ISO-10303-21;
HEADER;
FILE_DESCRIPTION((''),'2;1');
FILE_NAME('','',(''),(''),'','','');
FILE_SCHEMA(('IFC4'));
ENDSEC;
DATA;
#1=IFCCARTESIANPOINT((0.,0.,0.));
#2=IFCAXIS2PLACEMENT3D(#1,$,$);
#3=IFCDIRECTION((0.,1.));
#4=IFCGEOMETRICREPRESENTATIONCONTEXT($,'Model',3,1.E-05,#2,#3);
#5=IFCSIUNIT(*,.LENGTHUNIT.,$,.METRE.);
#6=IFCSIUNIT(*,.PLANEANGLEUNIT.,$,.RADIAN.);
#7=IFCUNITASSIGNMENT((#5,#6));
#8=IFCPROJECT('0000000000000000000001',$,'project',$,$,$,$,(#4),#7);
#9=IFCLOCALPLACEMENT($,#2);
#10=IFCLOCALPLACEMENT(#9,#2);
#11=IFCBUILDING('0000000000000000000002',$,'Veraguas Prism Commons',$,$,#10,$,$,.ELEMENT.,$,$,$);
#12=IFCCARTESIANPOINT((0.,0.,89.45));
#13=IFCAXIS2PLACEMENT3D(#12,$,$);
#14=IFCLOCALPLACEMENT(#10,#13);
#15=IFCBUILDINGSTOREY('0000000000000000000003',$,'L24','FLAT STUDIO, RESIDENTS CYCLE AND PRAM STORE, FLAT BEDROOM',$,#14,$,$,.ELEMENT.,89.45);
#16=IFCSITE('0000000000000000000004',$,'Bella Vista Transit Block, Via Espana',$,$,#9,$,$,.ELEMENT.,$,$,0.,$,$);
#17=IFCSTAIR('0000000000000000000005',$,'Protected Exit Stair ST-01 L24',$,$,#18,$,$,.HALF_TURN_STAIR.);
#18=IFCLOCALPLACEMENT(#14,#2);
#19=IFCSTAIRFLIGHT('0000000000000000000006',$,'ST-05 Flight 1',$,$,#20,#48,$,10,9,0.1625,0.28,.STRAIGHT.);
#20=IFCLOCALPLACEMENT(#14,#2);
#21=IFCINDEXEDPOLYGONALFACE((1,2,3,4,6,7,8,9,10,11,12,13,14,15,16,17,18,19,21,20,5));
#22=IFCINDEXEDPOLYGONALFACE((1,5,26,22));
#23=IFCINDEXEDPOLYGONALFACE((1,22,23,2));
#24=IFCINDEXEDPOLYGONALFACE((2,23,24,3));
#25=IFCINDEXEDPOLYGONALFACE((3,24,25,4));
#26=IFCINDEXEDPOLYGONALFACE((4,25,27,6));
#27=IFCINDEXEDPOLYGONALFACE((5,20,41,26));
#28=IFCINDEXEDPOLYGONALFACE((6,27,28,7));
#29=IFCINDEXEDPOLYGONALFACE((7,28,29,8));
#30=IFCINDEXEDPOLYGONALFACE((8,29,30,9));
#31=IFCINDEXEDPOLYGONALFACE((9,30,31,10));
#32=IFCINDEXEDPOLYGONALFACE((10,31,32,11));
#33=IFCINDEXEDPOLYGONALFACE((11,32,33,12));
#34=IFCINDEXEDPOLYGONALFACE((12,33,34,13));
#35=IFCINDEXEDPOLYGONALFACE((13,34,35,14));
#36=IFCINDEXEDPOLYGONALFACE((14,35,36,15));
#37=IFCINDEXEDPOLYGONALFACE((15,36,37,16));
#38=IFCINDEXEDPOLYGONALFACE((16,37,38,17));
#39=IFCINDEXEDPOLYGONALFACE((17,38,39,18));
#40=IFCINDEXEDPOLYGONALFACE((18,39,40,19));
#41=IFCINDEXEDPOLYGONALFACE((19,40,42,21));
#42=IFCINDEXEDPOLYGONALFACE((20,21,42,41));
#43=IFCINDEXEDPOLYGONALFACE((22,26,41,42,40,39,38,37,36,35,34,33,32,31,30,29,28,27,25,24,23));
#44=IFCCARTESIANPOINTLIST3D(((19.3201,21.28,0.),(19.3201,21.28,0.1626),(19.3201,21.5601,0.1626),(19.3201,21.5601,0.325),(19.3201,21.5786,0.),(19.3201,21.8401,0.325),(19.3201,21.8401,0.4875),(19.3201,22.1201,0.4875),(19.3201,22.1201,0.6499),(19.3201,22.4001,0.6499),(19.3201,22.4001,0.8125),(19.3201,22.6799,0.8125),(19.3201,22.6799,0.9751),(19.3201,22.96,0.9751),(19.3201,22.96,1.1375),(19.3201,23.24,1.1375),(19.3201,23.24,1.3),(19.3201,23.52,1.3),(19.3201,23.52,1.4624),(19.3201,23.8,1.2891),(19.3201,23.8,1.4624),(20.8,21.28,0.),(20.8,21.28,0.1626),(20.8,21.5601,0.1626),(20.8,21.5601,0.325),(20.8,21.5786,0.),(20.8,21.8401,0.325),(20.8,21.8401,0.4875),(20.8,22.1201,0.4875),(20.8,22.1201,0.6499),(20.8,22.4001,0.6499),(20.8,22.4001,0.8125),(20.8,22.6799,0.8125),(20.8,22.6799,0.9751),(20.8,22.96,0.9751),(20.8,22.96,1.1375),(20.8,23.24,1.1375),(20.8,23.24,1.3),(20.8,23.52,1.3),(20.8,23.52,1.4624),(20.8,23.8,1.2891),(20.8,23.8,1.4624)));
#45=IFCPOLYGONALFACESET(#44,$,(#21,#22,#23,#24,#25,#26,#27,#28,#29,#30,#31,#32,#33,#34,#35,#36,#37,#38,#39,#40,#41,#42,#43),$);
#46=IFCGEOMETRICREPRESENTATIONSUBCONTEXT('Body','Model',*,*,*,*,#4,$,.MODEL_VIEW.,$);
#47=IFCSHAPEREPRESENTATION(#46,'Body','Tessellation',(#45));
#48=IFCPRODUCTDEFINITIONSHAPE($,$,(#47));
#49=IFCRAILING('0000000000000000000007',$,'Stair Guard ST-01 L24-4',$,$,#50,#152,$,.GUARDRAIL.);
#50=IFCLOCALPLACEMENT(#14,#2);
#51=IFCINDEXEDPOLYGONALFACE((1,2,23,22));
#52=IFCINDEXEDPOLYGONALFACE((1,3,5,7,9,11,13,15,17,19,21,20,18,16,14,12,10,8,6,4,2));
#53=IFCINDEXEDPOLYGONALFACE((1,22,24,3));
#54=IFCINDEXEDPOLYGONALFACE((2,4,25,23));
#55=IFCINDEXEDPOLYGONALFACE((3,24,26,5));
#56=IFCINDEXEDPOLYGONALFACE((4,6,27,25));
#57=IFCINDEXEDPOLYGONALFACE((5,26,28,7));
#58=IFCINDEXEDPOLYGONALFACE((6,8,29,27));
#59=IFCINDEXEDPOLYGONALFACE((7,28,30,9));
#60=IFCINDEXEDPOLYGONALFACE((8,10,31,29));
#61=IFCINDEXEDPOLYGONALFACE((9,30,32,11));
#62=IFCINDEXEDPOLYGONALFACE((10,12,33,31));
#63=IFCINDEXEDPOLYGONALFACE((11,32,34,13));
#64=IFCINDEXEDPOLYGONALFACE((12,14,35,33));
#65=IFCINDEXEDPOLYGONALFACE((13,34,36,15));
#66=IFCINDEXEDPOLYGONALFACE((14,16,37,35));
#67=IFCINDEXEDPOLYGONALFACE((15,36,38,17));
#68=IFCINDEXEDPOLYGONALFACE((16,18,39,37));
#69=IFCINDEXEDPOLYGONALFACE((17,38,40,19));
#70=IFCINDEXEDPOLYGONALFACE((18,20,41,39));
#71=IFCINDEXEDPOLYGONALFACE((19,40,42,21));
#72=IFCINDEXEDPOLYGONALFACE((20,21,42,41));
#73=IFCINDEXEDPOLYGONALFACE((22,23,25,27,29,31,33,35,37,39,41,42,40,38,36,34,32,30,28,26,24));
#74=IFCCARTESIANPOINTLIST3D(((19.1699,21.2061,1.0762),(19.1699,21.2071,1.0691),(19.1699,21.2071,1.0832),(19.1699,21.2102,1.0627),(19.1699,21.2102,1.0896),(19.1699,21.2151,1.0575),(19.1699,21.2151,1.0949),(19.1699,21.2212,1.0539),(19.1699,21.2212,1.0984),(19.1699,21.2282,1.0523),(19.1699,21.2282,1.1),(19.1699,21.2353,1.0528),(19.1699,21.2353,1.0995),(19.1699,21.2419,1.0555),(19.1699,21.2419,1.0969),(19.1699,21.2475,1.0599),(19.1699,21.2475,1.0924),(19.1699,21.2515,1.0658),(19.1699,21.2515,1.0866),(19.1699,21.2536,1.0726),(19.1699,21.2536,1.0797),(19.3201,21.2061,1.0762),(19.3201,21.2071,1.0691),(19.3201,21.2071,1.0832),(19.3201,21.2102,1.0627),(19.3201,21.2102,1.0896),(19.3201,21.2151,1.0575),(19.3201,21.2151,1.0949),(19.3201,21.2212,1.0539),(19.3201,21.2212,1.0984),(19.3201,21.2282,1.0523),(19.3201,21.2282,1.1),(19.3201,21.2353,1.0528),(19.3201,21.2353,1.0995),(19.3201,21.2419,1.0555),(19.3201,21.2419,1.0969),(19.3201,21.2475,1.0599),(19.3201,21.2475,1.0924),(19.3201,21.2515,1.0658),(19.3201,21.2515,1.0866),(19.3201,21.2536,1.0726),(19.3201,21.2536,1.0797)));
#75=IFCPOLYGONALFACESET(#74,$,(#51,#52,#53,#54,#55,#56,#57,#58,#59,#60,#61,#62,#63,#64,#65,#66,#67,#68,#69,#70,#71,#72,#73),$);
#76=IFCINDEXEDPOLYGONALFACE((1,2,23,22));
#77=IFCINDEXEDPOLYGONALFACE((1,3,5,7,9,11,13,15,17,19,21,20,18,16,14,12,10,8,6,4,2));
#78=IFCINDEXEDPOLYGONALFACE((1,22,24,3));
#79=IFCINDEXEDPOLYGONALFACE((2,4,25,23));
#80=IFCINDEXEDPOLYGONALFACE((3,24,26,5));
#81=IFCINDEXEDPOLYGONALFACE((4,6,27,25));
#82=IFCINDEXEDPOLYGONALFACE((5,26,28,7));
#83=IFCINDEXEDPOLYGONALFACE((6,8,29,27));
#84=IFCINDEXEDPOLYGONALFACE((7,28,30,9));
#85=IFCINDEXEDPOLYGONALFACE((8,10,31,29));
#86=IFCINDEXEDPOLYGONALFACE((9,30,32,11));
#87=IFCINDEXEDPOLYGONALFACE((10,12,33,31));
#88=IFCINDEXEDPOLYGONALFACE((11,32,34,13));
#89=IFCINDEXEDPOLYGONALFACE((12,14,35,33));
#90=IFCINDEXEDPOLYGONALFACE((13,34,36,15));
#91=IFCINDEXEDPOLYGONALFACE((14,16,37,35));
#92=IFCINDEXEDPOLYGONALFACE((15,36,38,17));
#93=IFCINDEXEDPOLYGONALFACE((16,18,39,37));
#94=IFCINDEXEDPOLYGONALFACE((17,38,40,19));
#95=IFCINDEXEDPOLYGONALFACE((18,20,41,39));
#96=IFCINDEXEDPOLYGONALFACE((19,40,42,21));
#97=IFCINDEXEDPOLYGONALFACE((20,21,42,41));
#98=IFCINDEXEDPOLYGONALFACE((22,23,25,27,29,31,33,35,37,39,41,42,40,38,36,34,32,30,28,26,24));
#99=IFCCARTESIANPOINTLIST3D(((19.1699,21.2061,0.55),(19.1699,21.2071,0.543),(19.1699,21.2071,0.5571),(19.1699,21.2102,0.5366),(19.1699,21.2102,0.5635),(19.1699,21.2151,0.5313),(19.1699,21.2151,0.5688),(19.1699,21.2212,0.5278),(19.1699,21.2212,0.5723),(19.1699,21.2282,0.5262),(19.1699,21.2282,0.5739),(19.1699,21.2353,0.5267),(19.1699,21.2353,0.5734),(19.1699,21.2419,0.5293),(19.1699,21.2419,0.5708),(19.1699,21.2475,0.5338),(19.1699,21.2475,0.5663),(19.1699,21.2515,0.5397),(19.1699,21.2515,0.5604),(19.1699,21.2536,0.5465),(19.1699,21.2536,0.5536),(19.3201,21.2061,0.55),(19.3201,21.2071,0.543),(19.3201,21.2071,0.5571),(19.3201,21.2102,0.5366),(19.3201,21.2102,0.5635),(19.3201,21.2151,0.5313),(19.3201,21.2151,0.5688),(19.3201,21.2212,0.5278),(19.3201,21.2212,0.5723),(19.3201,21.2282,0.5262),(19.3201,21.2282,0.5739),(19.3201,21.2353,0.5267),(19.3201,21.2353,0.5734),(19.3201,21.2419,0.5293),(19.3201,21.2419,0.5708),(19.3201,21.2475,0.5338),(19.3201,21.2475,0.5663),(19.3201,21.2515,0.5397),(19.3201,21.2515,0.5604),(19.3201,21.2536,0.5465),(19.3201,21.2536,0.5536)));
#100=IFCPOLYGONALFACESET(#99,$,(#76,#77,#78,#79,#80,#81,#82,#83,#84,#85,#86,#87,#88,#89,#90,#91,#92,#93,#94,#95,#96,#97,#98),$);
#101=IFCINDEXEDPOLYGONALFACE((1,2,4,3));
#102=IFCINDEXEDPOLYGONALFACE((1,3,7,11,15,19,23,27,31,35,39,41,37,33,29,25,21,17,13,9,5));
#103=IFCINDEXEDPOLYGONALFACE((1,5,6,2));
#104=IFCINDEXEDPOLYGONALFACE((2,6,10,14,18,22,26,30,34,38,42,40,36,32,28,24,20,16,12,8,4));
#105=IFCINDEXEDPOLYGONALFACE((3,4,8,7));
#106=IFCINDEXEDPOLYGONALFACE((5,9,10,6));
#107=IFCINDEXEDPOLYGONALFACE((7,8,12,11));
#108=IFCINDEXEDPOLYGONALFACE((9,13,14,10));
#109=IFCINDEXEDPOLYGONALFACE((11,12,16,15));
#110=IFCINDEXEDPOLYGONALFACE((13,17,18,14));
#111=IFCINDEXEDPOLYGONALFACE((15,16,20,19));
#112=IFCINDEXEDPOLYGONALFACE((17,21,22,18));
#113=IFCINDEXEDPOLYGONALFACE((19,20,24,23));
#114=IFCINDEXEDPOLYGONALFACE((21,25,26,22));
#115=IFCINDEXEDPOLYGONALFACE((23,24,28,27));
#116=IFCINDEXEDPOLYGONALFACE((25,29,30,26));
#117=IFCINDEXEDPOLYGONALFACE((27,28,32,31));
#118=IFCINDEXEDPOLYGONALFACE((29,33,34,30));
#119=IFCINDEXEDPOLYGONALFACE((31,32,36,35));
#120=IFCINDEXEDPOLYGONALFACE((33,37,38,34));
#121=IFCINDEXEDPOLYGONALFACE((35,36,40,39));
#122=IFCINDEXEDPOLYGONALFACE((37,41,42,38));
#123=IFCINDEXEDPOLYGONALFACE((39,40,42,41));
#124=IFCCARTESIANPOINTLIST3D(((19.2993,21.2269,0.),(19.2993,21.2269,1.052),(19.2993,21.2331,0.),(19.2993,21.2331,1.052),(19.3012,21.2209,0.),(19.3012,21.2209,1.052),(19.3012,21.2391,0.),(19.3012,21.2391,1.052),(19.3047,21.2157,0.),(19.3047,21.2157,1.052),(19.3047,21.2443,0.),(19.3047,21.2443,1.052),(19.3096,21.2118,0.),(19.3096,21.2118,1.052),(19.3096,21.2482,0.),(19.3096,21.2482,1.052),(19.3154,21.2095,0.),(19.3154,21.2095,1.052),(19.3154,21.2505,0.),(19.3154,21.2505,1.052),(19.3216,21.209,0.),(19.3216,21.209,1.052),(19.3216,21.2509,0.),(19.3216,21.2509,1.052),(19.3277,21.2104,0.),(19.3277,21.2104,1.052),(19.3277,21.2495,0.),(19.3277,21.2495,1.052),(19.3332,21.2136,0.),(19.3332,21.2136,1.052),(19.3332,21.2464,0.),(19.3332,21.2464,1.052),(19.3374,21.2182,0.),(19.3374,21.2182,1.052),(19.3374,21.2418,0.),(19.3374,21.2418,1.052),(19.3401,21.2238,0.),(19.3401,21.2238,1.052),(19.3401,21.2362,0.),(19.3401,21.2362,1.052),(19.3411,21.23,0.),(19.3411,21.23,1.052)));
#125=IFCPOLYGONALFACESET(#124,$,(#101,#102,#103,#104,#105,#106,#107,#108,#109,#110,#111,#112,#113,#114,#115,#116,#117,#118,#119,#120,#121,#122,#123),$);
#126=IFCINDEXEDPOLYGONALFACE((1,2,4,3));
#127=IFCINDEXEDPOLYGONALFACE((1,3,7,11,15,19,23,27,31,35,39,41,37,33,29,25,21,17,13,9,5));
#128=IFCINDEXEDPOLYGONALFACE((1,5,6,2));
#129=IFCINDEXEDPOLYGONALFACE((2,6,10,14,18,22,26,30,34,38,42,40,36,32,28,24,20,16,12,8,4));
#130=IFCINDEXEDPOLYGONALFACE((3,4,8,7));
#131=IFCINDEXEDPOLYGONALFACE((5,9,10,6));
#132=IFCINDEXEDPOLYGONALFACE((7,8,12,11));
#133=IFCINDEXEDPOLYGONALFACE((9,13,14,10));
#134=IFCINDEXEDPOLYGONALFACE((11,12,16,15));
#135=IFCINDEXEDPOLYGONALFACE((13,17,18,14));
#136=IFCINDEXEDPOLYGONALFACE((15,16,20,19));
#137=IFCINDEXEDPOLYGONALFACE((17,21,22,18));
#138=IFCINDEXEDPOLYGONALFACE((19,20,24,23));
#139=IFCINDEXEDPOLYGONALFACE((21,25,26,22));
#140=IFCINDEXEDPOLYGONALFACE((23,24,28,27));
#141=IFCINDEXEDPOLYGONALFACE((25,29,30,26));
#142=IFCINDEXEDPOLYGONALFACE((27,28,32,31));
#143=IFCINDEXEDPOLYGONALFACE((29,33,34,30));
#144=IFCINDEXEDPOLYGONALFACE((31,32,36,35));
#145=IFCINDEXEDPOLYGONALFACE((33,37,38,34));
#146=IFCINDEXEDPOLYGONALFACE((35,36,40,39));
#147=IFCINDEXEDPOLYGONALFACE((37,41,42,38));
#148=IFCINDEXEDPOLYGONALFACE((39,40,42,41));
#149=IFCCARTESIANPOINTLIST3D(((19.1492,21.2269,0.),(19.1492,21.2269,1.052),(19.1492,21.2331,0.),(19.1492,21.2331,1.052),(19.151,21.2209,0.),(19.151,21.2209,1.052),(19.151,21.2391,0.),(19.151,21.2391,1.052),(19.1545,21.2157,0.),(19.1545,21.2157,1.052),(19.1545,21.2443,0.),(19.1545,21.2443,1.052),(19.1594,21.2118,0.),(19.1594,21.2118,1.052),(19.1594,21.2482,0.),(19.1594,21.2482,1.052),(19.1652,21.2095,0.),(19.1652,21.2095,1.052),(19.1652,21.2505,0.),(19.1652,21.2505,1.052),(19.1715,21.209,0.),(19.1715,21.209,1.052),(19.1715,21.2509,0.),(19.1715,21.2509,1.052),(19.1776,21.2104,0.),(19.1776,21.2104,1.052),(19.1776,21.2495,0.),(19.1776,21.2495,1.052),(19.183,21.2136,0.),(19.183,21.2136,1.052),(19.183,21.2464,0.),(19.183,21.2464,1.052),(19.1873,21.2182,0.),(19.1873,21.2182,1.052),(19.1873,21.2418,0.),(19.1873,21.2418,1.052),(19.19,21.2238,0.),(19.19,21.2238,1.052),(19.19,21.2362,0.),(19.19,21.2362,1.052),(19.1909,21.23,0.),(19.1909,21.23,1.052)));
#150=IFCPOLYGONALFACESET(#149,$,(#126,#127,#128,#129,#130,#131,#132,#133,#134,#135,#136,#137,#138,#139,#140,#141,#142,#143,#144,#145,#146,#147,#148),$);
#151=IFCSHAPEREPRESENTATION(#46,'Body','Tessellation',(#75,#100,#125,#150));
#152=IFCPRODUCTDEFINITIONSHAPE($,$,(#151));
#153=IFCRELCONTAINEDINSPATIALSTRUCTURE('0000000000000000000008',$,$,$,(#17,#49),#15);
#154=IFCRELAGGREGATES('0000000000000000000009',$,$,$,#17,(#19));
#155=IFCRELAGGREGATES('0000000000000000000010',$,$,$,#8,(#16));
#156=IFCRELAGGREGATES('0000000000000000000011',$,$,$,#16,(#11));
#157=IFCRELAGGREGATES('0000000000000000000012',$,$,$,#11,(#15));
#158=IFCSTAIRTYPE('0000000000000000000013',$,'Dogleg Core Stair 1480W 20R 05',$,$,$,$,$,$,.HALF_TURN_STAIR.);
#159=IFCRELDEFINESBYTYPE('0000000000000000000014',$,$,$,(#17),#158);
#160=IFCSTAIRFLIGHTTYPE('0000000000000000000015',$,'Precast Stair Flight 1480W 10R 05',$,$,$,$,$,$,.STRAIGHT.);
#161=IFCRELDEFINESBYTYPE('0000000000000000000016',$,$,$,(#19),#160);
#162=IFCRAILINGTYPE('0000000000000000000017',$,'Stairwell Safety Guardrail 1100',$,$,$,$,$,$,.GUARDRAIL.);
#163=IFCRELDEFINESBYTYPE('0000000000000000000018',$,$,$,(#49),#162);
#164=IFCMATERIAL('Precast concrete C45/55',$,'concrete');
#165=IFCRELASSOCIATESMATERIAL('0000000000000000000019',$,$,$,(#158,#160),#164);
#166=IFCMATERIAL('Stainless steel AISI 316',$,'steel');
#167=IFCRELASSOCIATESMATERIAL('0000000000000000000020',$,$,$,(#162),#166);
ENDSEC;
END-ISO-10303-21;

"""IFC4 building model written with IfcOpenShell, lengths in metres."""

from ifc_helpers import new_model, si_unit, direction, frame, origin, origin_2d, place, context, subcontext, project, spatial, polyline, circle, outline, extrude, material, type_object, element, aggregate, save


model = new_model("IFC4")

# Units and contexts
model_context = context("Model", 3, precision=1e-05, world=origin(), true_north=direction((0.0, 1.0)))
body_context = subcontext(model_context, "Body", "Model", "MODEL_VIEW")
ifc_project = project(units=[si_unit("LENGTHUNIT", "METRE"), si_unit("PLANEANGLEUNIT", "RADIAN")], contexts=[model_context])

# Site, building, storey
site_placement = place(None, origin())
site = spatial("IfcSite", under=ifc_project, at=site_placement, Name="Bella Vista Transit Block, Via Espana", CompositionType="ELEMENT", RefElevation=0.0)
building_placement = place(site_placement, origin())
building = spatial("IfcBuilding", under=site, at=building_placement, Name="Veraguas Prism Commons", CompositionType="ELEMENT")
storey_placement = place(building_placement, frame((0.0, 0.0, 89.45)))
storey = spatial("IfcBuildingStorey", under=building, at=storey_placement, Name="L24", Description="FLAT STUDIO, RESIDENTS CYCLE AND PRAM STORE, FLAT BEDROOM", CompositionType="ELEMENT", Elevation=89.45)

# Stair, stair flight
ifc_material_1 = material(Name="Precast concrete C45/55", Category="concrete")
stair_type = type_object("IfcStairType", Name="Dogleg Core Stair 1480W 20R 05", PredefinedType="HALF_TURN_STAIR", material=ifc_material_1)
stair_placement = place(storey_placement, origin())
stair = element("IfcStair", 1, at=stair_placement, inside=storey, type_object=stair_type, Name="Protected Exit Stair ST-01 L24", PredefinedType="HALF_TURN_STAIR")
stair_flight_type = type_object("IfcStairFlightType", Name="Precast Stair Flight 1480W 10R 05", PredefinedType="STRAIGHT", material=ifc_material_1)
stair_flight_placement = place(storey_placement, frame((20.0601, 21.28, 0.0), z_axis=(0.0, 0.0, 1.0), x_axis=(0.0, 1.0, 0.0)))
stair_flight = element("IfcStairFlight", 2, at=stair_flight_placement, type_object=stair_flight_type, Name="ST-05 Flight 1", NumberOfRisers=10, NumberOfTreads=9, PredefinedType="STRAIGHT", RiserHeight=0.1625, TreadLength=0.28, context=body_context, shape_type="SweptSolid", body=[
    extrude(outline(polyline([(0.0, 0.0), (0.0, 0.1626), (0.28, 0.1626), (0.28, 0.325), (0.5601, 0.325), (0.5601, 0.4875), (0.8401, 0.4875), (0.8401, 0.6499), (1.1201, 0.6499), (1.1201, 0.8125), (1.3999, 0.8125), (1.3999, 0.9751), (1.6799, 0.9751), (1.6799, 1.1375), (1.96, 1.1375), (1.96, 1.3), (2.24, 1.3), (2.24, 1.4624), (2.52, 1.4624), (2.52, 1.625), (2.52, 1.2891), (0.2986, 0.0), (0.0, 0.0)])), frame((0.0, 0.74, 0.0), z_axis=(0.0, -1.0, 0.0), x_axis=(1.0, 0.0, 0.0)), (0.0, 0.0, 1.0), 1.48),
])
aggregate(stair, [stair_flight])

# Railing
ifc_material_2 = material(Name="Stainless steel AISI 316", Category="steel")
railing_type = type_object("IfcRailingType", Name="Stairwell Safety Guardrail 1100", PredefinedType="GUARDRAIL", material=ifc_material_2)
railing_placement = place(storey_placement, frame((19.3201, 21.23, 0.0)))
element("IfcRailing", 3, at=railing_placement, inside=storey, type_object=railing_type, Name="Stair Guard ST-01 L24-4", PredefinedType="GUARDRAIL", context=body_context, shape_type="SweptSolid", body=[
    extrude(circle(Radius=0.0239, at=origin_2d()), frame((0.0, 0.0, 1.0762), z_axis=(-1.0, 0.0, 0.0), x_axis=(0.0, -1.0, 0.0)), (0.0, 0.0, 1.0), 0.1501),
    extrude(circle(Radius=0.0239, at=origin_2d()), frame((0.0, 0.0, 0.55), z_axis=(-1.0, 0.0, 0.0), x_axis=(0.0, -1.0, 0.0)), (0.0, 0.0, 1.0), 0.1501),
    extrude(circle(Radius=0.021, at=origin_2d()), origin(), (0.0, 0.0, 1.0), 1.052),
    extrude(circle(Radius=0.021, at=origin_2d()), frame((-0.1501, 0.0, 0.0)), (0.0, 0.0, 1.0), 1.052),
])

save(model, "model.ifc")
